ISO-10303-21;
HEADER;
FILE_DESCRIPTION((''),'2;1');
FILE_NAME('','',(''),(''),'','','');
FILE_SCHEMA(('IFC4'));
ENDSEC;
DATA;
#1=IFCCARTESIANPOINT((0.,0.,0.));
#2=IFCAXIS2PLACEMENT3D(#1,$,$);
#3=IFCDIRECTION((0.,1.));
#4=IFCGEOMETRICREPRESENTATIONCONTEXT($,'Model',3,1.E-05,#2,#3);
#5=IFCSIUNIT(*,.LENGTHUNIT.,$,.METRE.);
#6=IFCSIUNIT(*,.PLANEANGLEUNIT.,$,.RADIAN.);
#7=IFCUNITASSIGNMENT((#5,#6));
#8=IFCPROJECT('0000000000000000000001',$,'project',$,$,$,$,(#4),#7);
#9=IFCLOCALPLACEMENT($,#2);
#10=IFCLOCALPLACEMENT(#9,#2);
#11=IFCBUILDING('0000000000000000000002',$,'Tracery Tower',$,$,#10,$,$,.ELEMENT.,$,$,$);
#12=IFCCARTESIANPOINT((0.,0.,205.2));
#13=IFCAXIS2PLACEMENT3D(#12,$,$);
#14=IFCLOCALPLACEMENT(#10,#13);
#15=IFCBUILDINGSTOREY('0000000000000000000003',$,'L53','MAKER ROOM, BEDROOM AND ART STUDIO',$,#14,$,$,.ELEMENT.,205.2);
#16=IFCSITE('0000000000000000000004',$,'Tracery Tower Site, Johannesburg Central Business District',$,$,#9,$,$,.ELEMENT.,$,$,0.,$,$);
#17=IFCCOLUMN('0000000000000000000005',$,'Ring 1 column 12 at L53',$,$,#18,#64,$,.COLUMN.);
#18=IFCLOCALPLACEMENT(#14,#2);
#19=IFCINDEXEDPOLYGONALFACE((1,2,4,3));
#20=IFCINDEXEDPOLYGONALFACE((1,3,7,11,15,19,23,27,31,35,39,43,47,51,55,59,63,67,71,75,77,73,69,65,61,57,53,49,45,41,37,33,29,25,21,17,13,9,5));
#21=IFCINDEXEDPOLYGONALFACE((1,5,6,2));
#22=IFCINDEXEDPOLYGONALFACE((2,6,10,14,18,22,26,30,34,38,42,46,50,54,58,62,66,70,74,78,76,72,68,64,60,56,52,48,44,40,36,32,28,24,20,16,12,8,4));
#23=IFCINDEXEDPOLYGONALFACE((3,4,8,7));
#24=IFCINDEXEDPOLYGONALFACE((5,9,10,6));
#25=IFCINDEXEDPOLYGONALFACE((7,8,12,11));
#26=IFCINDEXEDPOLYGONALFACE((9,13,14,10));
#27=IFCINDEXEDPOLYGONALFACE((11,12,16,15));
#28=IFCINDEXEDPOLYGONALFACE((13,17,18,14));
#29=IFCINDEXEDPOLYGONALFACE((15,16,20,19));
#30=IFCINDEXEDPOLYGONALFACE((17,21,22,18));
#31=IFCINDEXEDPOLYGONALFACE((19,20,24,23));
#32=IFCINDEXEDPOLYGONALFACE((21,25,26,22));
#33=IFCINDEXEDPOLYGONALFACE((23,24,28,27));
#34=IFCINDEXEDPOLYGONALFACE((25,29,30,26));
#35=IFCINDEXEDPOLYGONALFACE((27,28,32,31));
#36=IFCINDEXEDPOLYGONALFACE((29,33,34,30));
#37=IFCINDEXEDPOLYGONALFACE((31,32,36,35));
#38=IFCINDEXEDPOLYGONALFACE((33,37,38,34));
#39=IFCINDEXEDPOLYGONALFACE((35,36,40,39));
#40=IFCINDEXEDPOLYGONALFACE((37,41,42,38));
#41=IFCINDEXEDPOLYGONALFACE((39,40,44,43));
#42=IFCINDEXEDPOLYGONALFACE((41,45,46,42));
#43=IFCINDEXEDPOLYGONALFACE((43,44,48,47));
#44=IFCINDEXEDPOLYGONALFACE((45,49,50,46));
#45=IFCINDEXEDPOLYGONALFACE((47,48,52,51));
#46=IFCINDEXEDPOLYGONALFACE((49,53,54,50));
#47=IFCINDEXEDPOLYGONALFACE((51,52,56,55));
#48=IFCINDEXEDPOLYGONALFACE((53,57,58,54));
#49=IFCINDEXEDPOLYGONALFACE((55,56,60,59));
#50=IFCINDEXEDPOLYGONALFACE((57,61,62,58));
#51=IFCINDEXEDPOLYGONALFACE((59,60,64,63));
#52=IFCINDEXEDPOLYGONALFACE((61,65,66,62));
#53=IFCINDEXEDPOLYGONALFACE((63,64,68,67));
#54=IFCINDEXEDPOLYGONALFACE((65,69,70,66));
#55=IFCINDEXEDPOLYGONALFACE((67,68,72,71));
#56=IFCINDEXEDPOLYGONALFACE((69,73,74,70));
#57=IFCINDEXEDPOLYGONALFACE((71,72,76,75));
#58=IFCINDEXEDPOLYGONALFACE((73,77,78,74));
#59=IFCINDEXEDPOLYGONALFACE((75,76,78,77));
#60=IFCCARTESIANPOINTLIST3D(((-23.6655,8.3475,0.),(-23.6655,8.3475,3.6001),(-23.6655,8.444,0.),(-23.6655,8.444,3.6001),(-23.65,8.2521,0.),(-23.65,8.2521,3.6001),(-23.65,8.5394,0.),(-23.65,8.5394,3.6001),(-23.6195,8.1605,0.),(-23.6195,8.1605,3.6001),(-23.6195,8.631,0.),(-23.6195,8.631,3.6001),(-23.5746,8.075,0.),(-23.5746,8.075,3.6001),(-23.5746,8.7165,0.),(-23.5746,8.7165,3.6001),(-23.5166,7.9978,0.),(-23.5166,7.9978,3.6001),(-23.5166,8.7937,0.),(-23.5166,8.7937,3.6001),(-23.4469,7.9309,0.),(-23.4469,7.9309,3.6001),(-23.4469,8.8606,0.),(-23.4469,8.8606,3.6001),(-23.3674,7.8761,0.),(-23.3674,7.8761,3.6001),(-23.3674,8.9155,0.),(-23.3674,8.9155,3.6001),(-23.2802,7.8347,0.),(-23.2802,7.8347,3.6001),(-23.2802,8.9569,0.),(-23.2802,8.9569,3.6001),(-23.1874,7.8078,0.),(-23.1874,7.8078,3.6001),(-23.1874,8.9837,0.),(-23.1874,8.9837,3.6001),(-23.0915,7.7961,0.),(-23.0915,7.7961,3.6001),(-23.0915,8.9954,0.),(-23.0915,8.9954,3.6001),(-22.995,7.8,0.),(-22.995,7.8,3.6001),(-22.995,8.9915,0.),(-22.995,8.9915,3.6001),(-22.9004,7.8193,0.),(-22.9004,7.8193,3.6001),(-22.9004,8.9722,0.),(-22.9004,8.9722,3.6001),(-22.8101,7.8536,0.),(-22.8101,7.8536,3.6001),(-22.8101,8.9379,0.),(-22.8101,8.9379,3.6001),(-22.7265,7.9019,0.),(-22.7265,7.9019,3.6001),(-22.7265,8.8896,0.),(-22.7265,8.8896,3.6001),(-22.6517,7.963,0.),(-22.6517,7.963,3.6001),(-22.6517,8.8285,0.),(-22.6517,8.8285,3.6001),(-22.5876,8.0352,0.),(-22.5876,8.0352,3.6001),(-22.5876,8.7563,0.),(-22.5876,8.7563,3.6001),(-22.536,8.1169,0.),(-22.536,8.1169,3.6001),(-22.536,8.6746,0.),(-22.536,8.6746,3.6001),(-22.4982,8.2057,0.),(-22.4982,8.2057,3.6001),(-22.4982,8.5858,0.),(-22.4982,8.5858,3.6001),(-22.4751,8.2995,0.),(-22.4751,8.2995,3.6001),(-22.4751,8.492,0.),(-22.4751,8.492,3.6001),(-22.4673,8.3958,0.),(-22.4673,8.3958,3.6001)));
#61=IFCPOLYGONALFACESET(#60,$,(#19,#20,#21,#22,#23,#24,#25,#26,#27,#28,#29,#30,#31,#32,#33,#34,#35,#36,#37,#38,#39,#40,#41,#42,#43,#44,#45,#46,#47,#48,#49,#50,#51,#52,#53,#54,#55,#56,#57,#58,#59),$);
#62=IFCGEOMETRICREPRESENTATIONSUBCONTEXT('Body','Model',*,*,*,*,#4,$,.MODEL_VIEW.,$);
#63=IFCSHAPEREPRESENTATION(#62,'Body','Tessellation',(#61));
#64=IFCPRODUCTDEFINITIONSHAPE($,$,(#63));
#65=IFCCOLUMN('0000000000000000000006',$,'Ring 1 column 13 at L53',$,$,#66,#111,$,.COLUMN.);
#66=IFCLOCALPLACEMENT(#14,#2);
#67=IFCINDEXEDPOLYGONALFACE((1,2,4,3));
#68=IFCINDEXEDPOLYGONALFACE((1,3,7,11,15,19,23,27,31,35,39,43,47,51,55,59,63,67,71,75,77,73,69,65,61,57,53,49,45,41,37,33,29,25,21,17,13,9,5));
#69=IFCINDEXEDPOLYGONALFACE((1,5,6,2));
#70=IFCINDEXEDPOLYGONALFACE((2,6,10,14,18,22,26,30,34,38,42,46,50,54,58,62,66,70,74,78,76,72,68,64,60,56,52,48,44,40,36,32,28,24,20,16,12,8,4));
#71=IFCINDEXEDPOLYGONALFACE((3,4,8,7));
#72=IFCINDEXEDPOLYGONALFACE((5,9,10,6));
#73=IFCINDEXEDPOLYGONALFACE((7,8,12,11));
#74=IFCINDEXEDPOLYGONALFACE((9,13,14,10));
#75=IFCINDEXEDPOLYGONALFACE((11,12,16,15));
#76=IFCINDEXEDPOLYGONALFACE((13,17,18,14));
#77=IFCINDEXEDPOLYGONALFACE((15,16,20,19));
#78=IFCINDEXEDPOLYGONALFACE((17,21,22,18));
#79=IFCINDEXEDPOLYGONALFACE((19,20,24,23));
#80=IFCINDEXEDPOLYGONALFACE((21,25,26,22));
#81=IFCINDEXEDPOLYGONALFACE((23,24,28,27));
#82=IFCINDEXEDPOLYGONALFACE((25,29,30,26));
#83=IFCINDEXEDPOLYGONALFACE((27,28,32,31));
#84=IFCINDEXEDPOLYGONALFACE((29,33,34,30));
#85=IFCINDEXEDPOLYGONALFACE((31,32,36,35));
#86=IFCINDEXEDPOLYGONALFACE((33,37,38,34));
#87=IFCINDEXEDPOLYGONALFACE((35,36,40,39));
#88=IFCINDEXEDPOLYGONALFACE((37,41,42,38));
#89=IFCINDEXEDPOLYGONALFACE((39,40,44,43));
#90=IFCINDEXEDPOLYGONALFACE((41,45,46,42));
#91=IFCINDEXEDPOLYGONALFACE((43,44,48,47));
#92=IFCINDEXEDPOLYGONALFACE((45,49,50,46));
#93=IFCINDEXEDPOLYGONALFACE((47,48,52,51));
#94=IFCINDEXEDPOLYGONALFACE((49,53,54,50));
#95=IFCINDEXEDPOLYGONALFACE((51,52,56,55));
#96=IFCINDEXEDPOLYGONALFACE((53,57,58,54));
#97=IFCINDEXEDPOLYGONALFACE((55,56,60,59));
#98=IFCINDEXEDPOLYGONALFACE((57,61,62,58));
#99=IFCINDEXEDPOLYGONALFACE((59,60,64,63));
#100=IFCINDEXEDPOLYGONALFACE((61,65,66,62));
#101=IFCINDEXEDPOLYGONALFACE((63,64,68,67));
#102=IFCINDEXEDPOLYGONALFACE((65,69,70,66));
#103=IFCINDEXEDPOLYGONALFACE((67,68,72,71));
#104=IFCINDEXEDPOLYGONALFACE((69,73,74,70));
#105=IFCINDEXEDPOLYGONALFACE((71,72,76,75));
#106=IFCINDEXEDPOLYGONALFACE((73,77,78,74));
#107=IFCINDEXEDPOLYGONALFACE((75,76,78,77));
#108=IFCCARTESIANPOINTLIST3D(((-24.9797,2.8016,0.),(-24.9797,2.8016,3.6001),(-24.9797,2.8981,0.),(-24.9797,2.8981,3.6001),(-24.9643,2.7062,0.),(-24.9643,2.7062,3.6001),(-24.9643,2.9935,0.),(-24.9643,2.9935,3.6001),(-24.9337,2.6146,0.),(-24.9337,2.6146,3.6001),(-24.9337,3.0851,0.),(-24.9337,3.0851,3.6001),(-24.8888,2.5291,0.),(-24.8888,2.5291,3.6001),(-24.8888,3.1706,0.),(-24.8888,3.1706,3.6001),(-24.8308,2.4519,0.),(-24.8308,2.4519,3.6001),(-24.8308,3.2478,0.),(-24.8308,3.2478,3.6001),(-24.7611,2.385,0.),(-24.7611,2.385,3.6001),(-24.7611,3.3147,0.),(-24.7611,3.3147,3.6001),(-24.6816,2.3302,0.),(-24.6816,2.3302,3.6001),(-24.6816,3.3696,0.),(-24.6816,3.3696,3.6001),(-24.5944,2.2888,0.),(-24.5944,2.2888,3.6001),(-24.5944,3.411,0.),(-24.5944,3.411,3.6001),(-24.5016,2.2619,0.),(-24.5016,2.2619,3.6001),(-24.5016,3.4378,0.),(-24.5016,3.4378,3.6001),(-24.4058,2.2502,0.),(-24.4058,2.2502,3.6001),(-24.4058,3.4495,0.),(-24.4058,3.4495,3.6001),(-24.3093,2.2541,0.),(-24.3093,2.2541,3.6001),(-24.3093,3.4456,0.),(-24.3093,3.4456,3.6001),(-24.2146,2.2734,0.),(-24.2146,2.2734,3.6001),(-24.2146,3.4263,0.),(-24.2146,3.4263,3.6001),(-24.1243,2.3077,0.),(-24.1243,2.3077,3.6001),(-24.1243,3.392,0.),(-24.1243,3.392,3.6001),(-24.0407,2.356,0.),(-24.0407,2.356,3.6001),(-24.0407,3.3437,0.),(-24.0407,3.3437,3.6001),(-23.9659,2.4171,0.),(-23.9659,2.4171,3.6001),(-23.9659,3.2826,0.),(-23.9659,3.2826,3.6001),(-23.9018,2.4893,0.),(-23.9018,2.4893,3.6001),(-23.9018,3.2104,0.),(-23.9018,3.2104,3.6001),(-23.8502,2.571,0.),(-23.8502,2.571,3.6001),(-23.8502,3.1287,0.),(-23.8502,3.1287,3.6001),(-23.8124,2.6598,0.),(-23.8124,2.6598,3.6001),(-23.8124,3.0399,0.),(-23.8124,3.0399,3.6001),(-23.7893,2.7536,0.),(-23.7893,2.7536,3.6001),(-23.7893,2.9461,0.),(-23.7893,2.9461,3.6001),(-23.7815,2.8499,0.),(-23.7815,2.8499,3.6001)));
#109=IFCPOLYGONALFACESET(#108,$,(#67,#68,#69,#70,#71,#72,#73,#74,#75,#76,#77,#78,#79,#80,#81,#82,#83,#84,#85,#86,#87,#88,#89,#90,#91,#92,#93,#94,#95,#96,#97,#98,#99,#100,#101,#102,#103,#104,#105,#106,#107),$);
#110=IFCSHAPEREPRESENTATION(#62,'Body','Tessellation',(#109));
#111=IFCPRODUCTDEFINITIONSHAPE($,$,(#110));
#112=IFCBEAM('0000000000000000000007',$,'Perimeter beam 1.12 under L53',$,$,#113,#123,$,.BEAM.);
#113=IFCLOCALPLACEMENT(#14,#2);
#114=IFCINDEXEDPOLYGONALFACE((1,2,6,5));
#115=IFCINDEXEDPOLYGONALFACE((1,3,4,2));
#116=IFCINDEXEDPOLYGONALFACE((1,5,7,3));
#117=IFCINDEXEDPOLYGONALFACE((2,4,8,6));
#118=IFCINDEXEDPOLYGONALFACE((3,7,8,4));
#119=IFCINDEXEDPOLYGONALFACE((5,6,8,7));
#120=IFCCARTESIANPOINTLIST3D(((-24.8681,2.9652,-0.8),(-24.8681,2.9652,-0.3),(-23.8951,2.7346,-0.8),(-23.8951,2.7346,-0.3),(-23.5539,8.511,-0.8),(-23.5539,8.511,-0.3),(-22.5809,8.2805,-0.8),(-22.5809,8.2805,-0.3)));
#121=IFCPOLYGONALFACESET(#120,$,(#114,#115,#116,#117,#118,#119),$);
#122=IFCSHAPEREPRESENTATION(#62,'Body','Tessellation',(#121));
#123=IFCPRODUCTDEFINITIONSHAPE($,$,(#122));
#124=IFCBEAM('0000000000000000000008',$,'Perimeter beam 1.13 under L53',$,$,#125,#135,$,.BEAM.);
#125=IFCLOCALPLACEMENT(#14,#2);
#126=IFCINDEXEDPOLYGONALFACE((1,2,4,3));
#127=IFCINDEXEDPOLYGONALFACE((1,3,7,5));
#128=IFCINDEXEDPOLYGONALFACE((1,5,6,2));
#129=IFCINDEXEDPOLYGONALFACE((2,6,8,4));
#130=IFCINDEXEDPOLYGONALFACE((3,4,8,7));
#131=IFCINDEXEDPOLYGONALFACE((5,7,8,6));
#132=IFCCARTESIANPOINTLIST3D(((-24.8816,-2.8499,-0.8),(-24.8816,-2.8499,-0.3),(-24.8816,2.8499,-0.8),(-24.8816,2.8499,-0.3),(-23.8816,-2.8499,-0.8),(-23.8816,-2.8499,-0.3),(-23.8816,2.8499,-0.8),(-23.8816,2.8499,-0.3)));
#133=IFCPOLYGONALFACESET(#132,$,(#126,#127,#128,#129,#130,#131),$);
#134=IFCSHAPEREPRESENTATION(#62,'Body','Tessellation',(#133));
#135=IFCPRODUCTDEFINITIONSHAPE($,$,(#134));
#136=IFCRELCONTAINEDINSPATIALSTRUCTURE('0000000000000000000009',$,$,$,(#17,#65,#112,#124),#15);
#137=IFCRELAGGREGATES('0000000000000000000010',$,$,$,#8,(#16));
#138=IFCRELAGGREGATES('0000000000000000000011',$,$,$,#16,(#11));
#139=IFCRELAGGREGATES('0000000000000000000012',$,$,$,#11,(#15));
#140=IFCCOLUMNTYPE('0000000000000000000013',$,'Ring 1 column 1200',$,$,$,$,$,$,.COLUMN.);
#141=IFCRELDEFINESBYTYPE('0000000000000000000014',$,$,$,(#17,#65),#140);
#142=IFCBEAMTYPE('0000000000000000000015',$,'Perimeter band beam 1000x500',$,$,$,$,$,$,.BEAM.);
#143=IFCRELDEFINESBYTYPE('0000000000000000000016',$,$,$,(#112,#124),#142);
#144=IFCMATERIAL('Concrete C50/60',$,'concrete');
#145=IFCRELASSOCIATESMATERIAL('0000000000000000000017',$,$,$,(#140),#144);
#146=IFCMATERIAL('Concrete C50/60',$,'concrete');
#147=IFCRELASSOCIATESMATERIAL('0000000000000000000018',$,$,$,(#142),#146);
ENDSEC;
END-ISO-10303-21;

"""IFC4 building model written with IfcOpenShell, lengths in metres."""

from ifc_helpers import new_model, si_unit, direction, frame, origin, origin_2d, place, context, subcontext, project, spatial, rectangle, circle, extrude, material, material_profile, profile_set, type_object, element, save


model = new_model("IFC4")

# Units and contexts
model_context = context("Model", 3, precision=1e-05, world=origin(), true_north=direction((0.0, 1.0)))
body_context = subcontext(model_context, "Body", "Model", "MODEL_VIEW")
ifc_project = project(units=[si_unit("LENGTHUNIT", "METRE"), si_unit("PLANEANGLEUNIT", "RADIAN")], contexts=[model_context])

# Site, building, storey
site_placement = place(None, origin())
site = spatial("IfcSite", under=ifc_project, at=site_placement, Name="Tracery Tower Site, Johannesburg Central Business District", CompositionType="ELEMENT", RefElevation=0.0)
building_placement = place(site_placement, origin())
building = spatial("IfcBuilding", under=site, at=building_placement, Name="Tracery Tower", CompositionType="ELEMENT")
storey_placement = place(building_placement, frame((0.0, 0.0, 205.2)))
storey = spatial("IfcBuildingStorey", under=building, at=storey_placement, Name="L53", Description="MAKER ROOM, BEDROOM AND ART STUDIO", CompositionType="ELEMENT", Elevation=205.2)

# Columns
ifc_material_1 = material(Name="Concrete C50/60", Category="concrete")
ifc_material_profile_1 = material_profile(ifc_material_1, circle(Radius=0.6001, at=origin_2d()), Name="RC D1200")
ifc_profile_set_1 = profile_set([ifc_material_profile_1], Name="Concrete C50/60")
column_type = type_object("IfcColumnType", Name="Ring 1 column 1200", PredefinedType="COLUMN", material=ifc_profile_set_1)
for number, where, z_axis, x_axis, name in (
    (1, (-23.0674, 8.3958, 0.0), (0.0, 0.0, 1.0), (1.0, 0.0, 0.0), "Ring 1 column 12 at L53"),
    (2, (-24.3816, 2.8499, 0.0), (0.0, 0.0, 1.0), (1.0, 0.0, 0.0), "Ring 1 column 13 at L53"),
):
    element("IfcColumn", number, at=place(storey_placement, frame(where, z_axis=z_axis, x_axis=x_axis)), inside=storey, type_object=column_type, Name=name, PredefinedType="COLUMN", context=body_context, shape_type="SweptSolid", body=[
        extrude(circle(Radius=0.6001, at=origin_2d()), origin(), (0.0, 0.0, 1.0), 3.6001),
    ])

# Beams
ifc_material_2 = material(Name="Concrete C50/60", Category="concrete")
ifc_material_profile_2 = material_profile(ifc_material_2, rectangle(XDim=1.0, YDim=0.5, at=origin_2d()), Name="RC 1000x500")
ifc_profile_set_2 = profile_set([ifc_material_profile_2], Name="Concrete C50/60")
beam_type = type_object("IfcBeamType", Name="Perimeter band beam 1000x500", PredefinedType="BEAM", material=ifc_profile_set_2)
beam_1_placement = place(storey_placement, frame((-23.0674, 8.3958, -0.55), z_axis=(-0.230584, -0.973052, 0.0), x_axis=(0.973052, -0.230584, 0.0)))
element("IfcBeam", 3, at=beam_1_placement, inside=storey, type_object=beam_type, Name="Perimeter beam 1.12 under L53", PredefinedType="BEAM", context=body_context, shape_type="SweptSolid", body=[
    extrude(rectangle(XDim=1.0, YDim=0.5, at=origin_2d()), origin(), (0.0, 0.0, 1.0), 5.6995),
])
beam_2_placement = place(storey_placement, frame((-24.3816, 2.8499, -0.55), z_axis=(0.0, -1.0, 0.0), x_axis=(1.0, 0.0, 0.0)))
element("IfcBeam", 4, at=beam_2_placement, inside=storey, type_object=beam_type, Name="Perimeter beam 1.13 under L53", PredefinedType="BEAM", context=body_context, shape_type="SweptSolid", body=[
    extrude(rectangle(XDim=1.0, YDim=0.5, at=origin_2d()), origin(), (0.0, 0.0, 1.0), 5.6997),
])

save(model, "model.ifc")
